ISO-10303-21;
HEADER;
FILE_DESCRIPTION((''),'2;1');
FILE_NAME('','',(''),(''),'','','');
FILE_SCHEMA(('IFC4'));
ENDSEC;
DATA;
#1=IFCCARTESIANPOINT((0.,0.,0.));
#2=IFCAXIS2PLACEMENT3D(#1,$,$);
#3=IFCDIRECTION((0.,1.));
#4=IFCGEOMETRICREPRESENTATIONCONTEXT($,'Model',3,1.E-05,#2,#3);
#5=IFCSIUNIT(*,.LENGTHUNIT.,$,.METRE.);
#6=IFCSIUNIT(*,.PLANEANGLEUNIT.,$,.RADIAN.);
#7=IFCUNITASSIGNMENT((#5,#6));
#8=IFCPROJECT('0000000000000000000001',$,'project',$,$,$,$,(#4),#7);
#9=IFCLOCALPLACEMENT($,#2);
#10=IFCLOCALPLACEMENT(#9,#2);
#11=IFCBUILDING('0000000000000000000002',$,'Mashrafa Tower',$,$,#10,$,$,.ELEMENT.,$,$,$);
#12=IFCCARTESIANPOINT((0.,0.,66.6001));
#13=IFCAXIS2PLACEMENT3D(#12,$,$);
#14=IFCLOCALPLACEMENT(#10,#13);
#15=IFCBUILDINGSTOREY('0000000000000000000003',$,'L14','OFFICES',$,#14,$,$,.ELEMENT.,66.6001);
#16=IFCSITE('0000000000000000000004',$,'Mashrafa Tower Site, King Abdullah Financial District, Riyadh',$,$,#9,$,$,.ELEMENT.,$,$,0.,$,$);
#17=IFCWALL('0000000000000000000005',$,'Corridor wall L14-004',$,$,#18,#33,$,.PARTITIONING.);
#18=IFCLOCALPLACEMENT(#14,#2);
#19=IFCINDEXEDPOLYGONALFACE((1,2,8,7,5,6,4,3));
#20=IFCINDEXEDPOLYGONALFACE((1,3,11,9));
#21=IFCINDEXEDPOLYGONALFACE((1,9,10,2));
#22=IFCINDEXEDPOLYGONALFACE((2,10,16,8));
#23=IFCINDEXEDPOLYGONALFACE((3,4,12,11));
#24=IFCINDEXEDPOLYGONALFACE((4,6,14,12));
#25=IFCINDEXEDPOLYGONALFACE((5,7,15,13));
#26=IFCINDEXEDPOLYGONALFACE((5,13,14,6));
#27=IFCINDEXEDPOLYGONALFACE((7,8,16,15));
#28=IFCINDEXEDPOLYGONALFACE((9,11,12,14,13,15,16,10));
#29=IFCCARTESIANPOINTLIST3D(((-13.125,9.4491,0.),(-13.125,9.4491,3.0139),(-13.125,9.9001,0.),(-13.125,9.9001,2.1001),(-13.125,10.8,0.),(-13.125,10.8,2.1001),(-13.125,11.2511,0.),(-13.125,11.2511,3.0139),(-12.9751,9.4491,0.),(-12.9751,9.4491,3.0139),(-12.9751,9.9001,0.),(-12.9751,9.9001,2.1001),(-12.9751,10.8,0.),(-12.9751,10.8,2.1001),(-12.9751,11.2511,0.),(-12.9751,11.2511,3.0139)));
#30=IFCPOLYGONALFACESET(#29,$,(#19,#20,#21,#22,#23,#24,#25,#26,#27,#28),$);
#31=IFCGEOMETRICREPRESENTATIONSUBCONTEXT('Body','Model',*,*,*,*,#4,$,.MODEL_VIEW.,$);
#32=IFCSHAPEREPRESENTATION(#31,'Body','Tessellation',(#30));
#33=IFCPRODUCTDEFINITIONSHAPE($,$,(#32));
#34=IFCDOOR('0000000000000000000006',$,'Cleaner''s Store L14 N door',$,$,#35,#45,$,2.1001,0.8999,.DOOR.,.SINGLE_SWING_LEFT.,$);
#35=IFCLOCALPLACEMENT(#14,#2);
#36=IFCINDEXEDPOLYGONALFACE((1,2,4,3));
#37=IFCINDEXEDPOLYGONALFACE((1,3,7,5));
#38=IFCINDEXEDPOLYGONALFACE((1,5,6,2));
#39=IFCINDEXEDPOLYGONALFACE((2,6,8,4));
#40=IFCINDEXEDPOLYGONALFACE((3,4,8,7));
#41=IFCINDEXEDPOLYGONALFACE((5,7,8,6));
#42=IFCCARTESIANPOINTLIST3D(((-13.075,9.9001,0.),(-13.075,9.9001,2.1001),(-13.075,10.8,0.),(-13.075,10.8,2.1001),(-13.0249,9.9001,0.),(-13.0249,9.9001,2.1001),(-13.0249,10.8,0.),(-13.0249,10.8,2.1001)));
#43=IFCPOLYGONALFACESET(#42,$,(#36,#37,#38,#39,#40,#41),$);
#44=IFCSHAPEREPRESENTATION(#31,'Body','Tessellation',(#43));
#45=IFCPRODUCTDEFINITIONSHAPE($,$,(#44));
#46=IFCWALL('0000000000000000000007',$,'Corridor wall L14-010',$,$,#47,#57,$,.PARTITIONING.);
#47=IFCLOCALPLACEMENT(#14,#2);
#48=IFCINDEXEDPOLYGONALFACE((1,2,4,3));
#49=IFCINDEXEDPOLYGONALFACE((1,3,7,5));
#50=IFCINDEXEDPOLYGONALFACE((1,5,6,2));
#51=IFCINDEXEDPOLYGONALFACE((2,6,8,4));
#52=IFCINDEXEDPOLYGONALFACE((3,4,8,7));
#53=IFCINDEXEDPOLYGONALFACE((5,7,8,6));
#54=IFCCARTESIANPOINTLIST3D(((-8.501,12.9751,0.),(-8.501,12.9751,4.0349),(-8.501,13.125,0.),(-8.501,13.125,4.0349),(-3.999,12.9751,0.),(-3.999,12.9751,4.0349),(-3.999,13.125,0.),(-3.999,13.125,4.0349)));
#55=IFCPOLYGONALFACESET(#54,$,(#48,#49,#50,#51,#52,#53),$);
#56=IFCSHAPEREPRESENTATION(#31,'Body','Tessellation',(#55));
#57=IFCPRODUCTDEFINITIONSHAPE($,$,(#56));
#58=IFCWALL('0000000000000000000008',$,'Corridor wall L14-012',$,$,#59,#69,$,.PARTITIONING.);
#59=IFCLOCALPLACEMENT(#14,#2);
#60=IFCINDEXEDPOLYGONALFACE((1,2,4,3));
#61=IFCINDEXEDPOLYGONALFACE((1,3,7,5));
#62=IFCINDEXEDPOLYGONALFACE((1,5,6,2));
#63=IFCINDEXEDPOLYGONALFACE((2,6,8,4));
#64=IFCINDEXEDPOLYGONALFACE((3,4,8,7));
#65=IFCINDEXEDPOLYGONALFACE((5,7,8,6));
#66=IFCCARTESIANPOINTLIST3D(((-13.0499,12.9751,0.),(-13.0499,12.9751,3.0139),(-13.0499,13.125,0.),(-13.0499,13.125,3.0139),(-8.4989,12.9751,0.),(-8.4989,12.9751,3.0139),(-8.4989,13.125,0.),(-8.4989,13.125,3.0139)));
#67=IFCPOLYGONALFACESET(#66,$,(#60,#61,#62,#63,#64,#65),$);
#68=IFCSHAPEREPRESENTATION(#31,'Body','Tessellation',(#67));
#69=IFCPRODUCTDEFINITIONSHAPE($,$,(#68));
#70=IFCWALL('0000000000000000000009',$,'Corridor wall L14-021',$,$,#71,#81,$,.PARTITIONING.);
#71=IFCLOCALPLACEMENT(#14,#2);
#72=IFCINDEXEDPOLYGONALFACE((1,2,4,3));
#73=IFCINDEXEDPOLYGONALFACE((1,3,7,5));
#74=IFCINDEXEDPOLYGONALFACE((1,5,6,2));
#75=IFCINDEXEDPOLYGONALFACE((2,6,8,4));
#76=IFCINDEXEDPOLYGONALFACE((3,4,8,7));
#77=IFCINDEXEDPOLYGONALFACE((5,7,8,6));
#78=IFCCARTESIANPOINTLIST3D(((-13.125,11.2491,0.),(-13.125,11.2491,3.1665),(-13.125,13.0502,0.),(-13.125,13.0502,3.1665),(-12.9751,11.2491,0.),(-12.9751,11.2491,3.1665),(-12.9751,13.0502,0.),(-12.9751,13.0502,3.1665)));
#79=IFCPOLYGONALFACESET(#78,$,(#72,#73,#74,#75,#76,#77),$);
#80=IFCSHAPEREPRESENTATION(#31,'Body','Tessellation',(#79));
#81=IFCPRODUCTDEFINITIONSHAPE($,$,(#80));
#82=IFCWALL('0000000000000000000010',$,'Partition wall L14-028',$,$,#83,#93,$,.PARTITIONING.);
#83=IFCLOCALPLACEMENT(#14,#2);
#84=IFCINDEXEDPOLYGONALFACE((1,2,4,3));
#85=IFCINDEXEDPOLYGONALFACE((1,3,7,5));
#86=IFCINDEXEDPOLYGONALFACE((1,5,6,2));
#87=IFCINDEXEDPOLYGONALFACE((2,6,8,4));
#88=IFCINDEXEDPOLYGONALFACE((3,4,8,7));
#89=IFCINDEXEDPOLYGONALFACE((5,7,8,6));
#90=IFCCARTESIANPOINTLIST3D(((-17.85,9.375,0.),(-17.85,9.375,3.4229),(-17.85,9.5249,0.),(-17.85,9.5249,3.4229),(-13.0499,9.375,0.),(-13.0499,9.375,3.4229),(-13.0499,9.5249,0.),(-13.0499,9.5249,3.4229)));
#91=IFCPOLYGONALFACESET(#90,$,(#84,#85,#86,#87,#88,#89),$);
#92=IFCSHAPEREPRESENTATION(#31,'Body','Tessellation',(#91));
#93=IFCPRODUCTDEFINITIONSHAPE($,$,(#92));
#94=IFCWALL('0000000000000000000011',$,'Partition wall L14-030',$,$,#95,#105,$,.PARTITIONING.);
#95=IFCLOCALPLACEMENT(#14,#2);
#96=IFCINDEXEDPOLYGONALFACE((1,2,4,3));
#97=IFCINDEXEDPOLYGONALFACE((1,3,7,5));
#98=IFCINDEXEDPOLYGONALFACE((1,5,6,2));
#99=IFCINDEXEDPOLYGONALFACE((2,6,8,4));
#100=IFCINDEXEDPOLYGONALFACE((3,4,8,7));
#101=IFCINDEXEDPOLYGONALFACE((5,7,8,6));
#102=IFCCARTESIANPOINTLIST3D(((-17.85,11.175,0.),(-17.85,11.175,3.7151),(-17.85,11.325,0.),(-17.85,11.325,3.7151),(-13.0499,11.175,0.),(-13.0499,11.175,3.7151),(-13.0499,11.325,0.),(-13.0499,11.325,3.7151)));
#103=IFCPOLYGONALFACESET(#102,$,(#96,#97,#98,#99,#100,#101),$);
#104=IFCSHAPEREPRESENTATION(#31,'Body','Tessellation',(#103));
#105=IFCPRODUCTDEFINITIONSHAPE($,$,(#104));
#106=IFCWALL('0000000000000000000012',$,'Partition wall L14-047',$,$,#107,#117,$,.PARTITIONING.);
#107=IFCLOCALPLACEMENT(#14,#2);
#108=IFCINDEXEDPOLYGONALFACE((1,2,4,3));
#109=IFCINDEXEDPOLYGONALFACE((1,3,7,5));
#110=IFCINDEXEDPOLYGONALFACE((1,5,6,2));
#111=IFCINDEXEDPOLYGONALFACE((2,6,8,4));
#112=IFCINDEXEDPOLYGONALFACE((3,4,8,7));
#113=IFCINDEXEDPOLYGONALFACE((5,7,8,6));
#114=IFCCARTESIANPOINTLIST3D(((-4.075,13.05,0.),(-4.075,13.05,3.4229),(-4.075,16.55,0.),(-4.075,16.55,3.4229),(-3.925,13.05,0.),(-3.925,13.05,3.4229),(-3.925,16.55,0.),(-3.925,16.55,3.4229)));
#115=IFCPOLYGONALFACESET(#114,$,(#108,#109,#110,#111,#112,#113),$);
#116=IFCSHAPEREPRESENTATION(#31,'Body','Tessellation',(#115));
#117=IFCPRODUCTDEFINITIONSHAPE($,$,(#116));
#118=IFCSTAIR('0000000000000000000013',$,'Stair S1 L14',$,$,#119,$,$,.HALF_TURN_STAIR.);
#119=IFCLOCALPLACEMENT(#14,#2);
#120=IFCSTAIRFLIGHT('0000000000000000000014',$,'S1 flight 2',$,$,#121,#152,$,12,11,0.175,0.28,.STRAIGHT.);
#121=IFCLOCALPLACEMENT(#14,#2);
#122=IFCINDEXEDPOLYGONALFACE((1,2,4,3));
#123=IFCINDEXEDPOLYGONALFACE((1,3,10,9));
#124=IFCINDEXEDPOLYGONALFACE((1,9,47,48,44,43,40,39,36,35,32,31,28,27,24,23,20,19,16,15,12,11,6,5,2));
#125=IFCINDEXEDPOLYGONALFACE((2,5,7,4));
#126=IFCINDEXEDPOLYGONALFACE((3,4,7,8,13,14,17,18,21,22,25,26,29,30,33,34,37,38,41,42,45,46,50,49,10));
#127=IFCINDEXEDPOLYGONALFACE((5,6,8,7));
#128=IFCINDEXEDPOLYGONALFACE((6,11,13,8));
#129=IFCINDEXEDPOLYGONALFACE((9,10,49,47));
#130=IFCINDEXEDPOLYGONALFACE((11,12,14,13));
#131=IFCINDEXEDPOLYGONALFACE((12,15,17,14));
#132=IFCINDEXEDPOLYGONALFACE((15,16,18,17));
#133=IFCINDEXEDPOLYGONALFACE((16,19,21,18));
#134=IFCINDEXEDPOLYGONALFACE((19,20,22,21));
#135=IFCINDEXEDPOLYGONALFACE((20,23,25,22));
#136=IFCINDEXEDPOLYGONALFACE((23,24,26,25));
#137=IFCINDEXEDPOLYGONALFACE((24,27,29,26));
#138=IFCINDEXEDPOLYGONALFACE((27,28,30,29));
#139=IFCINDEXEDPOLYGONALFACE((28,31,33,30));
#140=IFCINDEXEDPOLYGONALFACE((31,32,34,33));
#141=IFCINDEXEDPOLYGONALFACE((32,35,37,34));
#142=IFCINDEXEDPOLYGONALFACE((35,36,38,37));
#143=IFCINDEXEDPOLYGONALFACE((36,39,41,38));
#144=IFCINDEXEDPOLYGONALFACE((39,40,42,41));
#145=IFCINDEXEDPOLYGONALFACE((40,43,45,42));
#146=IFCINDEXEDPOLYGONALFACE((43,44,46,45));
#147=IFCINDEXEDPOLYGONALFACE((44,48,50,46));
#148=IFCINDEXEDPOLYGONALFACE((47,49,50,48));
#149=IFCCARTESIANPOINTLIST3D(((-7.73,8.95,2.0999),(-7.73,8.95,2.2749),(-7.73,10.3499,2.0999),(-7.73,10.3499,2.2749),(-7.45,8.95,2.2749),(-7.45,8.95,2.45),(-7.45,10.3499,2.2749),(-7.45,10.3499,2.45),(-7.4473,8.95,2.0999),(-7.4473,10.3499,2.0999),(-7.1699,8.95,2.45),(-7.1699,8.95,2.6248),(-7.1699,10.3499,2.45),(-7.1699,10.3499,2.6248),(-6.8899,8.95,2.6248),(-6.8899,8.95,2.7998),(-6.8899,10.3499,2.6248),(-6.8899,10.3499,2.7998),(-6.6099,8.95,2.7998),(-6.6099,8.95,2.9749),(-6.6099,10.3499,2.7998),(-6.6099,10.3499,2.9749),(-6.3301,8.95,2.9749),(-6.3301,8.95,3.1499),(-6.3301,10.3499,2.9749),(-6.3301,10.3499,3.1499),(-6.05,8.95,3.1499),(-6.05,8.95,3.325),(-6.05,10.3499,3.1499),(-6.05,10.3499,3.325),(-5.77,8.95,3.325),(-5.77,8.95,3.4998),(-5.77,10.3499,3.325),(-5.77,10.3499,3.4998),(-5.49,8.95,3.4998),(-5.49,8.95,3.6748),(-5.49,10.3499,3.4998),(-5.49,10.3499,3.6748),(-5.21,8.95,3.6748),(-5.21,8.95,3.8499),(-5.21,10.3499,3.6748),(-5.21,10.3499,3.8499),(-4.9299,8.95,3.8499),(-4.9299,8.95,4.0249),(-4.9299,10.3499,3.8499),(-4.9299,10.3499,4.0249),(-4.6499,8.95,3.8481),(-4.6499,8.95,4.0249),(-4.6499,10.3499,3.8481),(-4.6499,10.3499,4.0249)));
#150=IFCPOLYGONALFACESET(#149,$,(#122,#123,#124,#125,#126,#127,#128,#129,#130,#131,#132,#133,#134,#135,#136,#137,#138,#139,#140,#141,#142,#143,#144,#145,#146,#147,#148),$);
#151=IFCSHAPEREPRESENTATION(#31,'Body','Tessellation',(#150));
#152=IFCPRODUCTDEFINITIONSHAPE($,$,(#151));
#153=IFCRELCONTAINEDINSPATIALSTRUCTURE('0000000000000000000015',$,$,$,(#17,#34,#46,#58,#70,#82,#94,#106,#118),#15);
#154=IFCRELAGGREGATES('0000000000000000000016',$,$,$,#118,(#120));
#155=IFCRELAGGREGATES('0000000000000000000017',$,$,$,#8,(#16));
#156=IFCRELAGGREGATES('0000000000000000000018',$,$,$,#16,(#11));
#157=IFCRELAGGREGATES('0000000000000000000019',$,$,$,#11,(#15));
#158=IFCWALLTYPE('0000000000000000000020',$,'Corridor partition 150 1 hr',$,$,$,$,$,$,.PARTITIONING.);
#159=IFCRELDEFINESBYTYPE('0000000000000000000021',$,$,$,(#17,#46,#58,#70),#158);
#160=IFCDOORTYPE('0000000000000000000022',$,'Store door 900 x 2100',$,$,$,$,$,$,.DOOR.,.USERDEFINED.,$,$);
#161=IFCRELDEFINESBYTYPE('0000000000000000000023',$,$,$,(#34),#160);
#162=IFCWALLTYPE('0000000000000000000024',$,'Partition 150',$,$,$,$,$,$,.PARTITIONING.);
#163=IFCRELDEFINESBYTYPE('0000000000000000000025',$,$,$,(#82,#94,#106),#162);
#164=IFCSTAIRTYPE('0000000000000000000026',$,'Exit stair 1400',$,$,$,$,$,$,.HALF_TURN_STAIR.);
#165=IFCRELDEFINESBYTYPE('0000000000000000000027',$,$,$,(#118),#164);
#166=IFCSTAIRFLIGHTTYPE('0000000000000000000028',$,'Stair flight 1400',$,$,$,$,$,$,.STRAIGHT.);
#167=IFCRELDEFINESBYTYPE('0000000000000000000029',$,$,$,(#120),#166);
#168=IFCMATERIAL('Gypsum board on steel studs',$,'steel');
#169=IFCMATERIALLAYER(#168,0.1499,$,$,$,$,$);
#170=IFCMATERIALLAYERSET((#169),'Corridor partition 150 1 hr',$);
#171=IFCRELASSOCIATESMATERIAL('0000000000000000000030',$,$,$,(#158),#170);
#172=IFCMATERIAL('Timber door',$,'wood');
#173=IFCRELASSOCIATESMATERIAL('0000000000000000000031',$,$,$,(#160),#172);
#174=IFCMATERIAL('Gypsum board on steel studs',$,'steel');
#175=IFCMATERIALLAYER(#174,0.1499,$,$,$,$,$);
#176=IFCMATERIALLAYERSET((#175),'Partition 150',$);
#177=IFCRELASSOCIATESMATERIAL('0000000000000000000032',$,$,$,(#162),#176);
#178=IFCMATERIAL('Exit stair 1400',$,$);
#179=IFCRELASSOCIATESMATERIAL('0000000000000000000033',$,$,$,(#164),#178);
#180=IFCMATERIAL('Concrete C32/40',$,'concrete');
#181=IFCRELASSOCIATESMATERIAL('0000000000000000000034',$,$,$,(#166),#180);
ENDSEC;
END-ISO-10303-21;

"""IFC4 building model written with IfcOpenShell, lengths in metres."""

from ifc_helpers import new_model, si_unit, direction, frame, frame_2d, origin, place, context, subcontext, project, spatial, polyline, rectangle, outline, extrude, material, layer, layer_set, type_object, element, fill, aggregate, save


model = new_model("IFC4")

# Units and contexts
model_context = context("Model", 3, precision=1e-05, world=origin(), true_north=direction((0.0, 1.0)))
body_context = subcontext(model_context, "Body", "Model", "MODEL_VIEW")
ifc_project = project(units=[si_unit("LENGTHUNIT", "METRE"), si_unit("PLANEANGLEUNIT", "RADIAN")], contexts=[model_context])

# Site, building, storey
site_placement = place(None, origin())
site = spatial("IfcSite", under=ifc_project, at=site_placement, Name="Mashrafa Tower Site, King Abdullah Financial District, Riyadh", CompositionType="ELEMENT", RefElevation=0.0)
building_placement = place(site_placement, origin())
building = spatial("IfcBuilding", under=site, at=building_placement, Name="Mashrafa Tower", CompositionType="ELEMENT")
storey_placement = place(building_placement, frame((0.0, 0.0, 66.6001)))
storey = spatial("IfcBuildingStorey", under=building, at=storey_placement, Name="L14", Description="OFFICES", CompositionType="ELEMENT", Elevation=66.6001)

# Wall, opening, door
ifc_material_1 = material(Name="Gypsum board on steel studs", Category="steel")
ifc_layer_1 = layer(ifc_material_1, 0.1499)
ifc_layer_set_1 = layer_set([ifc_layer_1], Name="Corridor partition 150 1 hr")
wall_type_1 = type_object("IfcWallType", Name="Corridor partition 150 1 hr", PredefinedType="PARTITIONING", material=ifc_layer_set_1)
wall_1_placement = place(storey_placement, frame((-13.05, 11.251, 0.0), z_axis=(0.0, 0.0, 1.0), x_axis=(0.0, -1.0, 0.0)))
wall_1 = element("IfcWall", 1, at=wall_1_placement, inside=storey, type_object=wall_type_1, Name="Corridor wall L14-004", PredefinedType="PARTITIONING", context=body_context, shape_type="SweptSolid", body=[
    extrude(rectangle(XDim=1.802, YDim=0.1499, at=frame_2d((0.9009, 0.0))), origin(), (0.0, 0.0, 1.0), 3.0139),
])
opening_1_placement = place(wall_1_placement, frame((0.4509, 0.0, 0.0)))
opening_1 = element("IfcOpeningElement", 2, at=opening_1_placement, cuts=wall_1, PredefinedType="OPENING", context=body_context, shape_type="SweptSolid", body=[
    extrude(rectangle(XDim=0.8999, YDim=2.1001, at=frame_2d((0.45, 1.05))), frame((0.0, 0.085, 0.0), z_axis=(0.0, -1.0, 0.0), x_axis=(1.0, 0.0, 0.0)), (0.0, 0.0, 1.0), 0.1699),
])
ifc_material_2 = material(Name="Timber door", Category="wood")
door_type_1 = type_object("IfcDoorType", Name="Store door 900 x 2100", OperationType="USERDEFINED", PredefinedType="DOOR", material=ifc_material_2)
door_1_placement = place(opening_1_placement, frame((0.8999, 0.0, 0.0), z_axis=(0.0, 0.0, 1.0), x_axis=(-1.0, 0.0, 0.0)))
door_1 = element("IfcDoor", 3, at=door_1_placement, inside=storey, type_object=door_type_1, Name="Cleaner's Store L14 N door", OperationType="SINGLE_SWING_LEFT", OverallHeight=2.1001, OverallWidth=0.8999, PredefinedType="DOOR", context=body_context, shape_type="SweptSolid", body=[
    extrude(rectangle(XDim=0.8999, YDim=2.1001, at=frame_2d((0.45, 1.05))), frame((0.0, 0.0249, 0.0), z_axis=(0.0, -1.0, 0.0), x_axis=(1.0, 0.0, 0.0)), (0.0, 0.0, 1.0), 0.05),
])
fill(opening_1, door_1)

# Walls
wall_2_placement = place(storey_placement, frame((-3.999, 13.05, 0.0), z_axis=(0.0, 0.0, 1.0), x_axis=(-1.0, 0.0, 0.0)))
element("IfcWall", 4, at=wall_2_placement, inside=storey, type_object=wall_type_1, Name="Corridor wall L14-010", PredefinedType="PARTITIONING", context=body_context, shape_type="SweptSolid", body=[
    extrude(rectangle(XDim=4.502, YDim=0.1499, at=frame_2d((2.251, 0.0))), origin(), (0.0, 0.0, 1.0), 4.0349),
])
wall_3_placement = place(storey_placement, frame((-8.499, 13.05, 0.0), z_axis=(0.0, 0.0, 1.0), x_axis=(-1.0, 0.0, 0.0)))
element("IfcWall", 5, at=wall_3_placement, inside=storey, type_object=wall_type_1, Name="Corridor wall L14-012", PredefinedType="PARTITIONING", context=body_context, shape_type="SweptSolid", body=[
    extrude(rectangle(XDim=4.551, YDim=0.1499, at=frame_2d((2.2754, 0.0))), origin(), (0.0, 0.0, 1.0), 3.0139),
])
wall_4_placement = place(storey_placement, frame((-13.05, 13.05, 0.0), z_axis=(0.0, 0.0, 1.0), x_axis=(0.0, -1.0, 0.0)))
element("IfcWall", 6, at=wall_4_placement, inside=storey, type_object=wall_type_1, Name="Corridor wall L14-021", PredefinedType="PARTITIONING", context=body_context, shape_type="SweptSolid", body=[
    extrude(rectangle(XDim=1.801, YDim=0.1499, at=frame_2d((0.9004, 0.0))), origin(), (0.0, 0.0, 1.0), 3.1665),
])
ifc_material_3 = material(Name="Gypsum board on steel studs", Category="steel")
ifc_layer_2 = layer(ifc_material_3, 0.1499)
ifc_layer_set_2 = layer_set([ifc_layer_2], Name="Partition 150")
wall_type_2 = type_object("IfcWallType", Name="Partition 150", PredefinedType="PARTITIONING", material=ifc_layer_set_2)
wall_5_placement = place(storey_placement, frame((-13.05, 9.45, 0.0), z_axis=(0.0, 0.0, 1.0), x_axis=(-1.0, 0.0, 0.0)))
element("IfcWall", 7, at=wall_5_placement, inside=storey, type_object=wall_type_2, Name="Partition wall L14-028", PredefinedType="PARTITIONING", context=body_context, shape_type="SweptSolid", body=[
    extrude(rectangle(XDim=4.8, YDim=0.1499, at=frame_2d((2.3999, 0.0))), origin(), (0.0, 0.0, 1.0), 3.4229),
])
wall_6_placement = place(storey_placement, frame((-13.05, 11.25, 0.0), z_axis=(0.0, 0.0, 1.0), x_axis=(-1.0, 0.0, 0.0)))
element("IfcWall", 8, at=wall_6_placement, inside=storey, type_object=wall_type_2, Name="Partition wall L14-030", PredefinedType="PARTITIONING", context=body_context, shape_type="SweptSolid", body=[
    extrude(rectangle(XDim=4.8, YDim=0.1499, at=frame_2d((2.3999, 0.0))), origin(), (0.0, 0.0, 1.0), 3.7151),
])
wall_7_placement = place(storey_placement, frame((-4.0, 13.05, 0.0), z_axis=(0.0, 0.0, 1.0), x_axis=(0.0, 1.0, 0.0)))
element("IfcWall", 9, at=wall_7_placement, inside=storey, type_object=wall_type_2, Name="Partition wall L14-047", PredefinedType="PARTITIONING", context=body_context, shape_type="SweptSolid", body=[
    extrude(rectangle(XDim=3.5, YDim=0.1499, at=frame_2d((1.75, 0.0))), origin(), (0.0, 0.0, 1.0), 3.4229),
])

# Stair, stair flight
ifc_material_4 = material(Name="Exit stair 1400")
stair_type = type_object("IfcStairType", Name="Exit stair 1400", PredefinedType="HALF_TURN_STAIR", material=ifc_material_4)
stair_placement = place(storey_placement, origin())
stair = element("IfcStair", 10, at=stair_placement, inside=storey, type_object=stair_type, Name="Stair S1 L14", PredefinedType="HALF_TURN_STAIR")
ifc_material_5 = material(Name="Concrete C32/40", Category="concrete")
stair_flight_type = type_object("IfcStairFlightType", Name="Stair flight 1400", PredefinedType="STRAIGHT", material=ifc_material_5)
stair_flight_placement = place(storey_placement, frame((-7.73, 9.6499, 2.0999), z_axis=(0.0, 0.0, 1.0), x_axis=(1.0, 0.0, 0.0)))
stair_flight = element("IfcStairFlight", 11, at=stair_flight_placement, type_object=stair_flight_type, Name="S1 flight 2", NumberOfRisers=12, NumberOfTreads=11, PredefinedType="STRAIGHT", RiserHeight=0.175, TreadLength=0.28, context=body_context, shape_type="SweptSolid", body=[
    extrude(outline(polyline([(0.0, 0.0), (0.0, 0.175), (0.28, 0.175), (0.28, 0.3501), (0.5601, 0.3501), (0.5601, 0.5249), (0.8401, 0.5249), (0.8401, 0.7), (1.1201, 0.7), (1.1201, 0.875), (1.3999, 0.875), (1.3999, 1.05), (1.6799, 1.05), (1.6799, 1.2251), (1.96, 1.2251), (1.96, 1.3999), (2.24, 1.3999), (2.24, 1.575), (2.52, 1.575), (2.52, 1.75), (2.8, 1.75), (2.8, 1.925), (3.0801, 1.925), (3.0801, 2.1001), (3.0801, 1.7483), (0.2827, 0.0), (0.0, 0.0)])), frame((0.0, 0.7, 0.0), z_axis=(0.0, -1.0, 0.0), x_axis=(1.0, 0.0, 0.0)), (0.0, 0.0, 1.0), 1.3999),
])
aggregate(stair, [stair_flight])

save(model, "model.ifc")
